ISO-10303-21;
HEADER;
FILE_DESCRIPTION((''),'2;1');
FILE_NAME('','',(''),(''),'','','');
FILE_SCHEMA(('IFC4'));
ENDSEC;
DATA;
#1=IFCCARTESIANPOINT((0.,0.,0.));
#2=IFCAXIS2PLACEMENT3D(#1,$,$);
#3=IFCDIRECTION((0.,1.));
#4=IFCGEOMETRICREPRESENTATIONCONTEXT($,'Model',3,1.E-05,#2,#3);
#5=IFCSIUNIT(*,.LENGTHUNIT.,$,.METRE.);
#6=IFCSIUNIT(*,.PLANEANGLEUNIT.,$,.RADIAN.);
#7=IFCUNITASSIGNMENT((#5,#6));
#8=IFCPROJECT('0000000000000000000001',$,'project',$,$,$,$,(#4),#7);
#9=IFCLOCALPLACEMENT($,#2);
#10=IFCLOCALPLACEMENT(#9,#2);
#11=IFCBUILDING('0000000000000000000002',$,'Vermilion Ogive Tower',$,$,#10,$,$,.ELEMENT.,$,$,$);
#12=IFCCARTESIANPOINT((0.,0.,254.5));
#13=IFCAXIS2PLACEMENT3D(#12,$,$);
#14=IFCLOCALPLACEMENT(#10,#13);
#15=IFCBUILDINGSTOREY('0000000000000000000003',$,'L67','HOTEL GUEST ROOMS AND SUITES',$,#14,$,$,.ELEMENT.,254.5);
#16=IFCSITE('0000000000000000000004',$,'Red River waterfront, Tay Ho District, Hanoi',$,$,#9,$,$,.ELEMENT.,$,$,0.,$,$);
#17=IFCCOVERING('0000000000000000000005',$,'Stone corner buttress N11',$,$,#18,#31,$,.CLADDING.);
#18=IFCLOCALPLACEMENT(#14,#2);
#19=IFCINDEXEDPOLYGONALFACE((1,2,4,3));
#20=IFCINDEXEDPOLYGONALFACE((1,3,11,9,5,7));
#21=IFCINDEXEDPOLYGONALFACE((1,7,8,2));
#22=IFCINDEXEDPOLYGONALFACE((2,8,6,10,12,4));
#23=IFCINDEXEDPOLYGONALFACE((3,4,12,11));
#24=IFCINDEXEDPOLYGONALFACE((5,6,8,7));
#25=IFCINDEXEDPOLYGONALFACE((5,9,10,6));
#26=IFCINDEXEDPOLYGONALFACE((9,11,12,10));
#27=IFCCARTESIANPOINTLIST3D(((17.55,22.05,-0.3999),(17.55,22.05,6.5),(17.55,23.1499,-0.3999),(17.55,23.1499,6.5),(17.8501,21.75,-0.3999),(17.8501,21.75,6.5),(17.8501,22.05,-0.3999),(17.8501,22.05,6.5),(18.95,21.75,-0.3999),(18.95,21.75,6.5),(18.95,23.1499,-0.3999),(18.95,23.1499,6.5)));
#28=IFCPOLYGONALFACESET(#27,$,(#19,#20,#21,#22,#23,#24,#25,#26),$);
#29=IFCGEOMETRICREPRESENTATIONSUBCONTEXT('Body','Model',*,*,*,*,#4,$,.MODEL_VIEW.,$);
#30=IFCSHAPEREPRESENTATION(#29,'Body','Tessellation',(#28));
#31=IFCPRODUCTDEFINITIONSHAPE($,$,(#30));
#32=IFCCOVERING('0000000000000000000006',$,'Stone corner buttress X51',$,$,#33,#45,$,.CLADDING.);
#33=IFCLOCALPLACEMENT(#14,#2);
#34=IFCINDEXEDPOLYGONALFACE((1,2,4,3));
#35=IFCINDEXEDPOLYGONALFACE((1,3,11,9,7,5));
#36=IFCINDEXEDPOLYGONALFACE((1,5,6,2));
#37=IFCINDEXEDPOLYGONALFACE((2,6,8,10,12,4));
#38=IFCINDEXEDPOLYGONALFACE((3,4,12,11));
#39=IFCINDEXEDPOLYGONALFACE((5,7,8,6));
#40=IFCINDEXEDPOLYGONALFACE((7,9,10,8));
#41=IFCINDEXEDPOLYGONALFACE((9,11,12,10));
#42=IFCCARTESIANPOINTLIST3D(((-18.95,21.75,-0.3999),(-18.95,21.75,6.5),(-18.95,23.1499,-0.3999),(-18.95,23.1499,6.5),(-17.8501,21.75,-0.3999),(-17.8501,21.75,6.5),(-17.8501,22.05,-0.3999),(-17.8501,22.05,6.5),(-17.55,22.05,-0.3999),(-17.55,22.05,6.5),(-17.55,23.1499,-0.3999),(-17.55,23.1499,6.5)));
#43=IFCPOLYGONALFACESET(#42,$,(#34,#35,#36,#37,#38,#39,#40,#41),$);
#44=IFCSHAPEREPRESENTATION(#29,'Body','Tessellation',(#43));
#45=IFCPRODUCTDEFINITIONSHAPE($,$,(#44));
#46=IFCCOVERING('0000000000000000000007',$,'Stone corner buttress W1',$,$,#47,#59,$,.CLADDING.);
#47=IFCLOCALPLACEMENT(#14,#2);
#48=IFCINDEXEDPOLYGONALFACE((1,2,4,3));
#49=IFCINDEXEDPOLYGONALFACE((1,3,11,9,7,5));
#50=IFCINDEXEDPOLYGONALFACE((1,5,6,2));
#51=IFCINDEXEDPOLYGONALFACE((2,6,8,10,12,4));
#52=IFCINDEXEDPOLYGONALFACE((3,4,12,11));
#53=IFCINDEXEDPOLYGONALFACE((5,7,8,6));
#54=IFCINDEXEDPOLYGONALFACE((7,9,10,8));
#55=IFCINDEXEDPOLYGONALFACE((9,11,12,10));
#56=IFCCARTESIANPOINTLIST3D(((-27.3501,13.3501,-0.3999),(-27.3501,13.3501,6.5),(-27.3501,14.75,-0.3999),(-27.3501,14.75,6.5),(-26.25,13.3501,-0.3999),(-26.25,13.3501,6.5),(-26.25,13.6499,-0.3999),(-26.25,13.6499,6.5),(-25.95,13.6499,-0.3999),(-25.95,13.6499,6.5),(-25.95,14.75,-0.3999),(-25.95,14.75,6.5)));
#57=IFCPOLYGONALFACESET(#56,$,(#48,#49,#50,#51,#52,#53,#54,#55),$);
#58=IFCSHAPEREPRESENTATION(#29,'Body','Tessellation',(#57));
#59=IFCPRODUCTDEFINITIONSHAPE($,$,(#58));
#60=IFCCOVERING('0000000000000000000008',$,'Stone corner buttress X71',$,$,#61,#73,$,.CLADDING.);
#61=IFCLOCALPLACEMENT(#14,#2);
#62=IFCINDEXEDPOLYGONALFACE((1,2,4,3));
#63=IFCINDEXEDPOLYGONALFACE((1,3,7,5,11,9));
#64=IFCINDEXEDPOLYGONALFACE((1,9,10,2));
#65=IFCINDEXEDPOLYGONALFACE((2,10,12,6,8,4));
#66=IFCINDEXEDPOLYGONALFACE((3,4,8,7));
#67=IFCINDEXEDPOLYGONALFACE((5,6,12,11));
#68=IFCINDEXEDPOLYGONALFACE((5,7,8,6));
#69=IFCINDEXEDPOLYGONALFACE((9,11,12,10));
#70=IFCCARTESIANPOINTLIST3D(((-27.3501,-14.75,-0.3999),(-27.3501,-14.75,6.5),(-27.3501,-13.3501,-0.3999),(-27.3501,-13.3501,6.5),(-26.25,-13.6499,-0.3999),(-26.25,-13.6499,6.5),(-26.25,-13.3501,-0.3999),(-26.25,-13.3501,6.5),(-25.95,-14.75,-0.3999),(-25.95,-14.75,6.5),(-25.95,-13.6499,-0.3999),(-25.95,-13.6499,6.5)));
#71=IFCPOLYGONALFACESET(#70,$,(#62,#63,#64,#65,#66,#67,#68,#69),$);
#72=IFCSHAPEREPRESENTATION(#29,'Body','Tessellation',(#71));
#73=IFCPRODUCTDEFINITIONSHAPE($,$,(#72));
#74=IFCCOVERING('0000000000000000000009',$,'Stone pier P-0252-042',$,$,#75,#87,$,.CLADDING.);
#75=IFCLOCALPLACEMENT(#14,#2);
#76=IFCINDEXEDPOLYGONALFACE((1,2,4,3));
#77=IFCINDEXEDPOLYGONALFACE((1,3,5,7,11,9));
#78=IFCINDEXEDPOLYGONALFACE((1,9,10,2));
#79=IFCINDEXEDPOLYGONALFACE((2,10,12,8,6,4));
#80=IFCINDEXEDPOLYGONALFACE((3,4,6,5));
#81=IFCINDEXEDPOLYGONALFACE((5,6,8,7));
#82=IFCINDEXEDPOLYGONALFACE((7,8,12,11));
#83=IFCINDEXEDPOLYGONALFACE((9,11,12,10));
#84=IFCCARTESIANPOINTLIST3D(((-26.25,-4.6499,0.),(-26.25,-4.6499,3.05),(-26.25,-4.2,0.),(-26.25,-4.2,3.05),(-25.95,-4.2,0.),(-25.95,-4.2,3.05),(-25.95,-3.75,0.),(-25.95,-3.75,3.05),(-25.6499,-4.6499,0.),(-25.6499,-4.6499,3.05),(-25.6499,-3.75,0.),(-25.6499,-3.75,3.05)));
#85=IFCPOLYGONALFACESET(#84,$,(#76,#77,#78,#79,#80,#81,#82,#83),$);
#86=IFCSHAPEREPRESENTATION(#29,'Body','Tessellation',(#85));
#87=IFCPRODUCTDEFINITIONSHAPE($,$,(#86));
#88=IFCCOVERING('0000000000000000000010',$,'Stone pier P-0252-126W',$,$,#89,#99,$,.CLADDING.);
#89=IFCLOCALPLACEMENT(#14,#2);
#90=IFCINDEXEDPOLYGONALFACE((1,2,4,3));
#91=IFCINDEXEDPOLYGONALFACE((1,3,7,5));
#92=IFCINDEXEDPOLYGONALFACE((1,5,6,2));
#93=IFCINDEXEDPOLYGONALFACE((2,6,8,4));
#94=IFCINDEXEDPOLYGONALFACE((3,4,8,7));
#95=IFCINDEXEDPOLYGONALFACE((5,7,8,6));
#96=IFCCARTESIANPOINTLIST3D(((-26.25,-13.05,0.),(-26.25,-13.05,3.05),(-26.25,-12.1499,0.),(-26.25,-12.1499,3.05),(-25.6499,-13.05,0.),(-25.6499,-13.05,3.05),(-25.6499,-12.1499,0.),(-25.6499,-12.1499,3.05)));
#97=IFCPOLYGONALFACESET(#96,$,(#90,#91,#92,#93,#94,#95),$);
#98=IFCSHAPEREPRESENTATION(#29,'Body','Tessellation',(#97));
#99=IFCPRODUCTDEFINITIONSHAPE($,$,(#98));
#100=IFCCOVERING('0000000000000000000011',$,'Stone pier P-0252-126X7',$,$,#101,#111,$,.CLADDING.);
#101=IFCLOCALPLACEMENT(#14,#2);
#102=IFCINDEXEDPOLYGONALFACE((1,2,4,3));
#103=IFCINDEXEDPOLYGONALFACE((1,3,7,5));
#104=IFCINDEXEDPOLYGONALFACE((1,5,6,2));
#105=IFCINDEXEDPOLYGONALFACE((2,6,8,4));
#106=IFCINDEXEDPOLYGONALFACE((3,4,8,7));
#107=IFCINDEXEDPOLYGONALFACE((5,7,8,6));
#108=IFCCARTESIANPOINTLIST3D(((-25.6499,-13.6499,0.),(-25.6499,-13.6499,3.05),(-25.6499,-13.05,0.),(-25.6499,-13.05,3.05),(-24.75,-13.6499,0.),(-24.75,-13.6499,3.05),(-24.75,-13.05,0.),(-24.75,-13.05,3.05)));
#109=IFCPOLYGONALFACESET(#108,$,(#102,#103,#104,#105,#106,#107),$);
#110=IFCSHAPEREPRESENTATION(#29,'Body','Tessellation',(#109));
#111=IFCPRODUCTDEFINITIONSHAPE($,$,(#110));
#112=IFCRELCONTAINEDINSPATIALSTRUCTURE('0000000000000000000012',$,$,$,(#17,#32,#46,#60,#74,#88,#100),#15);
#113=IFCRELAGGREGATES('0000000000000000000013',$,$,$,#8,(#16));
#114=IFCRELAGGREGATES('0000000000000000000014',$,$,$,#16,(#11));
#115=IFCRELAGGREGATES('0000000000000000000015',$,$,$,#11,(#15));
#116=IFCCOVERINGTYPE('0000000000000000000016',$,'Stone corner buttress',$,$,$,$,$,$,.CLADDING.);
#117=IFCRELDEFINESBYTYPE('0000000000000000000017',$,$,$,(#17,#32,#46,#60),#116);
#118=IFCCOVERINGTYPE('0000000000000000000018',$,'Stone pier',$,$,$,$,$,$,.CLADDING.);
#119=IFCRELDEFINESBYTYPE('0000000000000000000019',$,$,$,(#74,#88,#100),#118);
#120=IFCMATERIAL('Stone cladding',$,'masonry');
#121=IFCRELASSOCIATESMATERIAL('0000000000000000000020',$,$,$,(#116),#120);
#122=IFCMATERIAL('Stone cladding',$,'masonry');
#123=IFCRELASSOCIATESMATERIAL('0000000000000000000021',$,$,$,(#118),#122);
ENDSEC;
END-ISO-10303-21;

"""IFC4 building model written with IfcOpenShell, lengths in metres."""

from ifc_helpers import new_model, si_unit, direction, frame, origin, place, context, subcontext, project, spatial, polyline, outline, extrude, material, type_object, element, save


model = new_model("IFC4")

# Units and contexts
model_context = context("Model", 3, precision=1e-05, world=origin(), true_north=direction((0.0, 1.0)))
body_context = subcontext(model_context, "Body", "Model", "MODEL_VIEW")
ifc_project = project(units=[si_unit("LENGTHUNIT", "METRE"), si_unit("PLANEANGLEUNIT", "RADIAN")], contexts=[model_context])

# Site, building, storey
site_placement = place(None, origin())
site = spatial("IfcSite", under=ifc_project, at=site_placement, Name="Red River waterfront, Tay Ho District, Hanoi", CompositionType="ELEMENT", RefElevation=0.0)
building_placement = place(site_placement, origin())
building = spatial("IfcBuilding", under=site, at=building_placement, Name="Vermilion Ogive Tower", CompositionType="ELEMENT")
storey_placement = place(building_placement, frame((0.0, 0.0, 254.5)))
storey = spatial("IfcBuildingStorey", under=building, at=storey_placement, Name="L67", Description="HOTEL GUEST ROOMS AND SUITES", CompositionType="ELEMENT", Elevation=254.5)

# Coverings
ifc_material_1 = material(Name="Stone cladding", Category="masonry")
covering_type_1 = type_object("IfcCoveringType", Name="Stone corner buttress", PredefinedType="CLADDING", material=ifc_material_1)
covering_1_placement = place(storey_placement, frame((0.0, 0.0, -0.3999)))
element("IfcCovering", 1, at=covering_1_placement, inside=storey, type_object=covering_type_1, Name="Stone corner buttress N11", PredefinedType="CLADDING", context=body_context, shape_type="SweptSolid", body=[
    extrude(outline(polyline([(17.8501, 22.05), (17.55, 22.05), (17.55, 23.1499), (18.95, 23.1499), (18.95, 21.75), (17.8501, 21.75), (17.8501, 22.05)])), origin(), (0.0, 0.0, 1.0), 6.8999),
])
covering_2_placement = place(storey_placement, frame((0.0, 0.0, -0.3999)))
element("IfcCovering", 2, at=covering_2_placement, inside=storey, type_object=covering_type_1, Name="Stone corner buttress X51", PredefinedType="CLADDING", context=body_context, shape_type="SweptSolid", body=[
    extrude(outline(polyline([(-17.55, 23.1499), (-17.55, 22.05), (-17.8501, 22.05), (-17.8501, 21.75), (-18.95, 21.75), (-18.95, 23.1499), (-17.55, 23.1499)])), origin(), (0.0, 0.0, 1.0), 6.8999),
])
covering_3_placement = place(storey_placement, frame((0.0, 0.0, -0.3999)))
element("IfcCovering", 3, at=covering_3_placement, inside=storey, type_object=covering_type_1, Name="Stone corner buttress W1", PredefinedType="CLADDING", context=body_context, shape_type="SweptSolid", body=[
    extrude(outline(polyline([(-25.95, 13.6499), (-26.25, 13.6499), (-26.25, 13.3501), (-27.3501, 13.3501), (-27.3501, 14.75), (-25.95, 14.75), (-25.95, 13.6499)])), origin(), (0.0, 0.0, 1.0), 6.8999),
])
covering_4_placement = place(storey_placement, frame((0.0, 0.0, -0.3999)))
element("IfcCovering", 4, at=covering_4_placement, inside=storey, type_object=covering_type_1, Name="Stone corner buttress X71", PredefinedType="CLADDING", context=body_context, shape_type="SweptSolid", body=[
    extrude(outline(polyline([(-27.3501, -13.3501), (-26.25, -13.3501), (-26.25, -13.6499), (-25.95, -13.6499), (-25.95, -14.75), (-27.3501, -14.75), (-27.3501, -13.3501)])), origin(), (0.0, 0.0, 1.0), 6.8999),
])
ifc_material_2 = material(Name="Stone cladding", Category="masonry")
covering_type_2 = type_object("IfcCoveringType", Name="Stone pier", PredefinedType="CLADDING", material=ifc_material_2)
covering_5_placement = place(storey_placement, origin())
element("IfcCovering", 5, at=covering_5_placement, inside=storey, type_object=covering_type_2, Name="Stone pier P-0252-042", PredefinedType="CLADDING", context=body_context, shape_type="SweptSolid", body=[
    extrude(outline(polyline([(-26.25, -4.6499), (-26.25, -4.2), (-25.95, -4.2), (-25.95, -3.75), (-25.6499, -3.75), (-25.6499, -4.6499), (-26.25, -4.6499)])), origin(), (0.0, 0.0, 1.0), 3.05),
])
covering_6_placement = place(storey_placement, origin())
element("IfcCovering", 6, at=covering_6_placement, inside=storey, type_object=covering_type_2, Name="Stone pier P-0252-126W", PredefinedType="CLADDING", context=body_context, shape_type="SweptSolid", body=[
    extrude(outline(polyline([(-26.25, -13.05), (-26.25, -12.1499), (-25.6499, -12.1499), (-25.6499, -13.05), (-26.25, -13.05)])), origin(), (0.0, 0.0, 1.0), 3.05),
])
covering_7_placement = place(storey_placement, origin())
element("IfcCovering", 7, at=covering_7_placement, inside=storey, type_object=covering_type_2, Name="Stone pier P-0252-126X7", PredefinedType="CLADDING", context=body_context, shape_type="SweptSolid", body=[
    extrude(outline(polyline([(-25.6499, -13.6499), (-25.6499, -13.05), (-24.75, -13.05), (-24.75, -13.6499), (-25.6499, -13.6499)])), origin(), (0.0, 0.0, 1.0), 3.05),
])

save(model, "model.ifc")
